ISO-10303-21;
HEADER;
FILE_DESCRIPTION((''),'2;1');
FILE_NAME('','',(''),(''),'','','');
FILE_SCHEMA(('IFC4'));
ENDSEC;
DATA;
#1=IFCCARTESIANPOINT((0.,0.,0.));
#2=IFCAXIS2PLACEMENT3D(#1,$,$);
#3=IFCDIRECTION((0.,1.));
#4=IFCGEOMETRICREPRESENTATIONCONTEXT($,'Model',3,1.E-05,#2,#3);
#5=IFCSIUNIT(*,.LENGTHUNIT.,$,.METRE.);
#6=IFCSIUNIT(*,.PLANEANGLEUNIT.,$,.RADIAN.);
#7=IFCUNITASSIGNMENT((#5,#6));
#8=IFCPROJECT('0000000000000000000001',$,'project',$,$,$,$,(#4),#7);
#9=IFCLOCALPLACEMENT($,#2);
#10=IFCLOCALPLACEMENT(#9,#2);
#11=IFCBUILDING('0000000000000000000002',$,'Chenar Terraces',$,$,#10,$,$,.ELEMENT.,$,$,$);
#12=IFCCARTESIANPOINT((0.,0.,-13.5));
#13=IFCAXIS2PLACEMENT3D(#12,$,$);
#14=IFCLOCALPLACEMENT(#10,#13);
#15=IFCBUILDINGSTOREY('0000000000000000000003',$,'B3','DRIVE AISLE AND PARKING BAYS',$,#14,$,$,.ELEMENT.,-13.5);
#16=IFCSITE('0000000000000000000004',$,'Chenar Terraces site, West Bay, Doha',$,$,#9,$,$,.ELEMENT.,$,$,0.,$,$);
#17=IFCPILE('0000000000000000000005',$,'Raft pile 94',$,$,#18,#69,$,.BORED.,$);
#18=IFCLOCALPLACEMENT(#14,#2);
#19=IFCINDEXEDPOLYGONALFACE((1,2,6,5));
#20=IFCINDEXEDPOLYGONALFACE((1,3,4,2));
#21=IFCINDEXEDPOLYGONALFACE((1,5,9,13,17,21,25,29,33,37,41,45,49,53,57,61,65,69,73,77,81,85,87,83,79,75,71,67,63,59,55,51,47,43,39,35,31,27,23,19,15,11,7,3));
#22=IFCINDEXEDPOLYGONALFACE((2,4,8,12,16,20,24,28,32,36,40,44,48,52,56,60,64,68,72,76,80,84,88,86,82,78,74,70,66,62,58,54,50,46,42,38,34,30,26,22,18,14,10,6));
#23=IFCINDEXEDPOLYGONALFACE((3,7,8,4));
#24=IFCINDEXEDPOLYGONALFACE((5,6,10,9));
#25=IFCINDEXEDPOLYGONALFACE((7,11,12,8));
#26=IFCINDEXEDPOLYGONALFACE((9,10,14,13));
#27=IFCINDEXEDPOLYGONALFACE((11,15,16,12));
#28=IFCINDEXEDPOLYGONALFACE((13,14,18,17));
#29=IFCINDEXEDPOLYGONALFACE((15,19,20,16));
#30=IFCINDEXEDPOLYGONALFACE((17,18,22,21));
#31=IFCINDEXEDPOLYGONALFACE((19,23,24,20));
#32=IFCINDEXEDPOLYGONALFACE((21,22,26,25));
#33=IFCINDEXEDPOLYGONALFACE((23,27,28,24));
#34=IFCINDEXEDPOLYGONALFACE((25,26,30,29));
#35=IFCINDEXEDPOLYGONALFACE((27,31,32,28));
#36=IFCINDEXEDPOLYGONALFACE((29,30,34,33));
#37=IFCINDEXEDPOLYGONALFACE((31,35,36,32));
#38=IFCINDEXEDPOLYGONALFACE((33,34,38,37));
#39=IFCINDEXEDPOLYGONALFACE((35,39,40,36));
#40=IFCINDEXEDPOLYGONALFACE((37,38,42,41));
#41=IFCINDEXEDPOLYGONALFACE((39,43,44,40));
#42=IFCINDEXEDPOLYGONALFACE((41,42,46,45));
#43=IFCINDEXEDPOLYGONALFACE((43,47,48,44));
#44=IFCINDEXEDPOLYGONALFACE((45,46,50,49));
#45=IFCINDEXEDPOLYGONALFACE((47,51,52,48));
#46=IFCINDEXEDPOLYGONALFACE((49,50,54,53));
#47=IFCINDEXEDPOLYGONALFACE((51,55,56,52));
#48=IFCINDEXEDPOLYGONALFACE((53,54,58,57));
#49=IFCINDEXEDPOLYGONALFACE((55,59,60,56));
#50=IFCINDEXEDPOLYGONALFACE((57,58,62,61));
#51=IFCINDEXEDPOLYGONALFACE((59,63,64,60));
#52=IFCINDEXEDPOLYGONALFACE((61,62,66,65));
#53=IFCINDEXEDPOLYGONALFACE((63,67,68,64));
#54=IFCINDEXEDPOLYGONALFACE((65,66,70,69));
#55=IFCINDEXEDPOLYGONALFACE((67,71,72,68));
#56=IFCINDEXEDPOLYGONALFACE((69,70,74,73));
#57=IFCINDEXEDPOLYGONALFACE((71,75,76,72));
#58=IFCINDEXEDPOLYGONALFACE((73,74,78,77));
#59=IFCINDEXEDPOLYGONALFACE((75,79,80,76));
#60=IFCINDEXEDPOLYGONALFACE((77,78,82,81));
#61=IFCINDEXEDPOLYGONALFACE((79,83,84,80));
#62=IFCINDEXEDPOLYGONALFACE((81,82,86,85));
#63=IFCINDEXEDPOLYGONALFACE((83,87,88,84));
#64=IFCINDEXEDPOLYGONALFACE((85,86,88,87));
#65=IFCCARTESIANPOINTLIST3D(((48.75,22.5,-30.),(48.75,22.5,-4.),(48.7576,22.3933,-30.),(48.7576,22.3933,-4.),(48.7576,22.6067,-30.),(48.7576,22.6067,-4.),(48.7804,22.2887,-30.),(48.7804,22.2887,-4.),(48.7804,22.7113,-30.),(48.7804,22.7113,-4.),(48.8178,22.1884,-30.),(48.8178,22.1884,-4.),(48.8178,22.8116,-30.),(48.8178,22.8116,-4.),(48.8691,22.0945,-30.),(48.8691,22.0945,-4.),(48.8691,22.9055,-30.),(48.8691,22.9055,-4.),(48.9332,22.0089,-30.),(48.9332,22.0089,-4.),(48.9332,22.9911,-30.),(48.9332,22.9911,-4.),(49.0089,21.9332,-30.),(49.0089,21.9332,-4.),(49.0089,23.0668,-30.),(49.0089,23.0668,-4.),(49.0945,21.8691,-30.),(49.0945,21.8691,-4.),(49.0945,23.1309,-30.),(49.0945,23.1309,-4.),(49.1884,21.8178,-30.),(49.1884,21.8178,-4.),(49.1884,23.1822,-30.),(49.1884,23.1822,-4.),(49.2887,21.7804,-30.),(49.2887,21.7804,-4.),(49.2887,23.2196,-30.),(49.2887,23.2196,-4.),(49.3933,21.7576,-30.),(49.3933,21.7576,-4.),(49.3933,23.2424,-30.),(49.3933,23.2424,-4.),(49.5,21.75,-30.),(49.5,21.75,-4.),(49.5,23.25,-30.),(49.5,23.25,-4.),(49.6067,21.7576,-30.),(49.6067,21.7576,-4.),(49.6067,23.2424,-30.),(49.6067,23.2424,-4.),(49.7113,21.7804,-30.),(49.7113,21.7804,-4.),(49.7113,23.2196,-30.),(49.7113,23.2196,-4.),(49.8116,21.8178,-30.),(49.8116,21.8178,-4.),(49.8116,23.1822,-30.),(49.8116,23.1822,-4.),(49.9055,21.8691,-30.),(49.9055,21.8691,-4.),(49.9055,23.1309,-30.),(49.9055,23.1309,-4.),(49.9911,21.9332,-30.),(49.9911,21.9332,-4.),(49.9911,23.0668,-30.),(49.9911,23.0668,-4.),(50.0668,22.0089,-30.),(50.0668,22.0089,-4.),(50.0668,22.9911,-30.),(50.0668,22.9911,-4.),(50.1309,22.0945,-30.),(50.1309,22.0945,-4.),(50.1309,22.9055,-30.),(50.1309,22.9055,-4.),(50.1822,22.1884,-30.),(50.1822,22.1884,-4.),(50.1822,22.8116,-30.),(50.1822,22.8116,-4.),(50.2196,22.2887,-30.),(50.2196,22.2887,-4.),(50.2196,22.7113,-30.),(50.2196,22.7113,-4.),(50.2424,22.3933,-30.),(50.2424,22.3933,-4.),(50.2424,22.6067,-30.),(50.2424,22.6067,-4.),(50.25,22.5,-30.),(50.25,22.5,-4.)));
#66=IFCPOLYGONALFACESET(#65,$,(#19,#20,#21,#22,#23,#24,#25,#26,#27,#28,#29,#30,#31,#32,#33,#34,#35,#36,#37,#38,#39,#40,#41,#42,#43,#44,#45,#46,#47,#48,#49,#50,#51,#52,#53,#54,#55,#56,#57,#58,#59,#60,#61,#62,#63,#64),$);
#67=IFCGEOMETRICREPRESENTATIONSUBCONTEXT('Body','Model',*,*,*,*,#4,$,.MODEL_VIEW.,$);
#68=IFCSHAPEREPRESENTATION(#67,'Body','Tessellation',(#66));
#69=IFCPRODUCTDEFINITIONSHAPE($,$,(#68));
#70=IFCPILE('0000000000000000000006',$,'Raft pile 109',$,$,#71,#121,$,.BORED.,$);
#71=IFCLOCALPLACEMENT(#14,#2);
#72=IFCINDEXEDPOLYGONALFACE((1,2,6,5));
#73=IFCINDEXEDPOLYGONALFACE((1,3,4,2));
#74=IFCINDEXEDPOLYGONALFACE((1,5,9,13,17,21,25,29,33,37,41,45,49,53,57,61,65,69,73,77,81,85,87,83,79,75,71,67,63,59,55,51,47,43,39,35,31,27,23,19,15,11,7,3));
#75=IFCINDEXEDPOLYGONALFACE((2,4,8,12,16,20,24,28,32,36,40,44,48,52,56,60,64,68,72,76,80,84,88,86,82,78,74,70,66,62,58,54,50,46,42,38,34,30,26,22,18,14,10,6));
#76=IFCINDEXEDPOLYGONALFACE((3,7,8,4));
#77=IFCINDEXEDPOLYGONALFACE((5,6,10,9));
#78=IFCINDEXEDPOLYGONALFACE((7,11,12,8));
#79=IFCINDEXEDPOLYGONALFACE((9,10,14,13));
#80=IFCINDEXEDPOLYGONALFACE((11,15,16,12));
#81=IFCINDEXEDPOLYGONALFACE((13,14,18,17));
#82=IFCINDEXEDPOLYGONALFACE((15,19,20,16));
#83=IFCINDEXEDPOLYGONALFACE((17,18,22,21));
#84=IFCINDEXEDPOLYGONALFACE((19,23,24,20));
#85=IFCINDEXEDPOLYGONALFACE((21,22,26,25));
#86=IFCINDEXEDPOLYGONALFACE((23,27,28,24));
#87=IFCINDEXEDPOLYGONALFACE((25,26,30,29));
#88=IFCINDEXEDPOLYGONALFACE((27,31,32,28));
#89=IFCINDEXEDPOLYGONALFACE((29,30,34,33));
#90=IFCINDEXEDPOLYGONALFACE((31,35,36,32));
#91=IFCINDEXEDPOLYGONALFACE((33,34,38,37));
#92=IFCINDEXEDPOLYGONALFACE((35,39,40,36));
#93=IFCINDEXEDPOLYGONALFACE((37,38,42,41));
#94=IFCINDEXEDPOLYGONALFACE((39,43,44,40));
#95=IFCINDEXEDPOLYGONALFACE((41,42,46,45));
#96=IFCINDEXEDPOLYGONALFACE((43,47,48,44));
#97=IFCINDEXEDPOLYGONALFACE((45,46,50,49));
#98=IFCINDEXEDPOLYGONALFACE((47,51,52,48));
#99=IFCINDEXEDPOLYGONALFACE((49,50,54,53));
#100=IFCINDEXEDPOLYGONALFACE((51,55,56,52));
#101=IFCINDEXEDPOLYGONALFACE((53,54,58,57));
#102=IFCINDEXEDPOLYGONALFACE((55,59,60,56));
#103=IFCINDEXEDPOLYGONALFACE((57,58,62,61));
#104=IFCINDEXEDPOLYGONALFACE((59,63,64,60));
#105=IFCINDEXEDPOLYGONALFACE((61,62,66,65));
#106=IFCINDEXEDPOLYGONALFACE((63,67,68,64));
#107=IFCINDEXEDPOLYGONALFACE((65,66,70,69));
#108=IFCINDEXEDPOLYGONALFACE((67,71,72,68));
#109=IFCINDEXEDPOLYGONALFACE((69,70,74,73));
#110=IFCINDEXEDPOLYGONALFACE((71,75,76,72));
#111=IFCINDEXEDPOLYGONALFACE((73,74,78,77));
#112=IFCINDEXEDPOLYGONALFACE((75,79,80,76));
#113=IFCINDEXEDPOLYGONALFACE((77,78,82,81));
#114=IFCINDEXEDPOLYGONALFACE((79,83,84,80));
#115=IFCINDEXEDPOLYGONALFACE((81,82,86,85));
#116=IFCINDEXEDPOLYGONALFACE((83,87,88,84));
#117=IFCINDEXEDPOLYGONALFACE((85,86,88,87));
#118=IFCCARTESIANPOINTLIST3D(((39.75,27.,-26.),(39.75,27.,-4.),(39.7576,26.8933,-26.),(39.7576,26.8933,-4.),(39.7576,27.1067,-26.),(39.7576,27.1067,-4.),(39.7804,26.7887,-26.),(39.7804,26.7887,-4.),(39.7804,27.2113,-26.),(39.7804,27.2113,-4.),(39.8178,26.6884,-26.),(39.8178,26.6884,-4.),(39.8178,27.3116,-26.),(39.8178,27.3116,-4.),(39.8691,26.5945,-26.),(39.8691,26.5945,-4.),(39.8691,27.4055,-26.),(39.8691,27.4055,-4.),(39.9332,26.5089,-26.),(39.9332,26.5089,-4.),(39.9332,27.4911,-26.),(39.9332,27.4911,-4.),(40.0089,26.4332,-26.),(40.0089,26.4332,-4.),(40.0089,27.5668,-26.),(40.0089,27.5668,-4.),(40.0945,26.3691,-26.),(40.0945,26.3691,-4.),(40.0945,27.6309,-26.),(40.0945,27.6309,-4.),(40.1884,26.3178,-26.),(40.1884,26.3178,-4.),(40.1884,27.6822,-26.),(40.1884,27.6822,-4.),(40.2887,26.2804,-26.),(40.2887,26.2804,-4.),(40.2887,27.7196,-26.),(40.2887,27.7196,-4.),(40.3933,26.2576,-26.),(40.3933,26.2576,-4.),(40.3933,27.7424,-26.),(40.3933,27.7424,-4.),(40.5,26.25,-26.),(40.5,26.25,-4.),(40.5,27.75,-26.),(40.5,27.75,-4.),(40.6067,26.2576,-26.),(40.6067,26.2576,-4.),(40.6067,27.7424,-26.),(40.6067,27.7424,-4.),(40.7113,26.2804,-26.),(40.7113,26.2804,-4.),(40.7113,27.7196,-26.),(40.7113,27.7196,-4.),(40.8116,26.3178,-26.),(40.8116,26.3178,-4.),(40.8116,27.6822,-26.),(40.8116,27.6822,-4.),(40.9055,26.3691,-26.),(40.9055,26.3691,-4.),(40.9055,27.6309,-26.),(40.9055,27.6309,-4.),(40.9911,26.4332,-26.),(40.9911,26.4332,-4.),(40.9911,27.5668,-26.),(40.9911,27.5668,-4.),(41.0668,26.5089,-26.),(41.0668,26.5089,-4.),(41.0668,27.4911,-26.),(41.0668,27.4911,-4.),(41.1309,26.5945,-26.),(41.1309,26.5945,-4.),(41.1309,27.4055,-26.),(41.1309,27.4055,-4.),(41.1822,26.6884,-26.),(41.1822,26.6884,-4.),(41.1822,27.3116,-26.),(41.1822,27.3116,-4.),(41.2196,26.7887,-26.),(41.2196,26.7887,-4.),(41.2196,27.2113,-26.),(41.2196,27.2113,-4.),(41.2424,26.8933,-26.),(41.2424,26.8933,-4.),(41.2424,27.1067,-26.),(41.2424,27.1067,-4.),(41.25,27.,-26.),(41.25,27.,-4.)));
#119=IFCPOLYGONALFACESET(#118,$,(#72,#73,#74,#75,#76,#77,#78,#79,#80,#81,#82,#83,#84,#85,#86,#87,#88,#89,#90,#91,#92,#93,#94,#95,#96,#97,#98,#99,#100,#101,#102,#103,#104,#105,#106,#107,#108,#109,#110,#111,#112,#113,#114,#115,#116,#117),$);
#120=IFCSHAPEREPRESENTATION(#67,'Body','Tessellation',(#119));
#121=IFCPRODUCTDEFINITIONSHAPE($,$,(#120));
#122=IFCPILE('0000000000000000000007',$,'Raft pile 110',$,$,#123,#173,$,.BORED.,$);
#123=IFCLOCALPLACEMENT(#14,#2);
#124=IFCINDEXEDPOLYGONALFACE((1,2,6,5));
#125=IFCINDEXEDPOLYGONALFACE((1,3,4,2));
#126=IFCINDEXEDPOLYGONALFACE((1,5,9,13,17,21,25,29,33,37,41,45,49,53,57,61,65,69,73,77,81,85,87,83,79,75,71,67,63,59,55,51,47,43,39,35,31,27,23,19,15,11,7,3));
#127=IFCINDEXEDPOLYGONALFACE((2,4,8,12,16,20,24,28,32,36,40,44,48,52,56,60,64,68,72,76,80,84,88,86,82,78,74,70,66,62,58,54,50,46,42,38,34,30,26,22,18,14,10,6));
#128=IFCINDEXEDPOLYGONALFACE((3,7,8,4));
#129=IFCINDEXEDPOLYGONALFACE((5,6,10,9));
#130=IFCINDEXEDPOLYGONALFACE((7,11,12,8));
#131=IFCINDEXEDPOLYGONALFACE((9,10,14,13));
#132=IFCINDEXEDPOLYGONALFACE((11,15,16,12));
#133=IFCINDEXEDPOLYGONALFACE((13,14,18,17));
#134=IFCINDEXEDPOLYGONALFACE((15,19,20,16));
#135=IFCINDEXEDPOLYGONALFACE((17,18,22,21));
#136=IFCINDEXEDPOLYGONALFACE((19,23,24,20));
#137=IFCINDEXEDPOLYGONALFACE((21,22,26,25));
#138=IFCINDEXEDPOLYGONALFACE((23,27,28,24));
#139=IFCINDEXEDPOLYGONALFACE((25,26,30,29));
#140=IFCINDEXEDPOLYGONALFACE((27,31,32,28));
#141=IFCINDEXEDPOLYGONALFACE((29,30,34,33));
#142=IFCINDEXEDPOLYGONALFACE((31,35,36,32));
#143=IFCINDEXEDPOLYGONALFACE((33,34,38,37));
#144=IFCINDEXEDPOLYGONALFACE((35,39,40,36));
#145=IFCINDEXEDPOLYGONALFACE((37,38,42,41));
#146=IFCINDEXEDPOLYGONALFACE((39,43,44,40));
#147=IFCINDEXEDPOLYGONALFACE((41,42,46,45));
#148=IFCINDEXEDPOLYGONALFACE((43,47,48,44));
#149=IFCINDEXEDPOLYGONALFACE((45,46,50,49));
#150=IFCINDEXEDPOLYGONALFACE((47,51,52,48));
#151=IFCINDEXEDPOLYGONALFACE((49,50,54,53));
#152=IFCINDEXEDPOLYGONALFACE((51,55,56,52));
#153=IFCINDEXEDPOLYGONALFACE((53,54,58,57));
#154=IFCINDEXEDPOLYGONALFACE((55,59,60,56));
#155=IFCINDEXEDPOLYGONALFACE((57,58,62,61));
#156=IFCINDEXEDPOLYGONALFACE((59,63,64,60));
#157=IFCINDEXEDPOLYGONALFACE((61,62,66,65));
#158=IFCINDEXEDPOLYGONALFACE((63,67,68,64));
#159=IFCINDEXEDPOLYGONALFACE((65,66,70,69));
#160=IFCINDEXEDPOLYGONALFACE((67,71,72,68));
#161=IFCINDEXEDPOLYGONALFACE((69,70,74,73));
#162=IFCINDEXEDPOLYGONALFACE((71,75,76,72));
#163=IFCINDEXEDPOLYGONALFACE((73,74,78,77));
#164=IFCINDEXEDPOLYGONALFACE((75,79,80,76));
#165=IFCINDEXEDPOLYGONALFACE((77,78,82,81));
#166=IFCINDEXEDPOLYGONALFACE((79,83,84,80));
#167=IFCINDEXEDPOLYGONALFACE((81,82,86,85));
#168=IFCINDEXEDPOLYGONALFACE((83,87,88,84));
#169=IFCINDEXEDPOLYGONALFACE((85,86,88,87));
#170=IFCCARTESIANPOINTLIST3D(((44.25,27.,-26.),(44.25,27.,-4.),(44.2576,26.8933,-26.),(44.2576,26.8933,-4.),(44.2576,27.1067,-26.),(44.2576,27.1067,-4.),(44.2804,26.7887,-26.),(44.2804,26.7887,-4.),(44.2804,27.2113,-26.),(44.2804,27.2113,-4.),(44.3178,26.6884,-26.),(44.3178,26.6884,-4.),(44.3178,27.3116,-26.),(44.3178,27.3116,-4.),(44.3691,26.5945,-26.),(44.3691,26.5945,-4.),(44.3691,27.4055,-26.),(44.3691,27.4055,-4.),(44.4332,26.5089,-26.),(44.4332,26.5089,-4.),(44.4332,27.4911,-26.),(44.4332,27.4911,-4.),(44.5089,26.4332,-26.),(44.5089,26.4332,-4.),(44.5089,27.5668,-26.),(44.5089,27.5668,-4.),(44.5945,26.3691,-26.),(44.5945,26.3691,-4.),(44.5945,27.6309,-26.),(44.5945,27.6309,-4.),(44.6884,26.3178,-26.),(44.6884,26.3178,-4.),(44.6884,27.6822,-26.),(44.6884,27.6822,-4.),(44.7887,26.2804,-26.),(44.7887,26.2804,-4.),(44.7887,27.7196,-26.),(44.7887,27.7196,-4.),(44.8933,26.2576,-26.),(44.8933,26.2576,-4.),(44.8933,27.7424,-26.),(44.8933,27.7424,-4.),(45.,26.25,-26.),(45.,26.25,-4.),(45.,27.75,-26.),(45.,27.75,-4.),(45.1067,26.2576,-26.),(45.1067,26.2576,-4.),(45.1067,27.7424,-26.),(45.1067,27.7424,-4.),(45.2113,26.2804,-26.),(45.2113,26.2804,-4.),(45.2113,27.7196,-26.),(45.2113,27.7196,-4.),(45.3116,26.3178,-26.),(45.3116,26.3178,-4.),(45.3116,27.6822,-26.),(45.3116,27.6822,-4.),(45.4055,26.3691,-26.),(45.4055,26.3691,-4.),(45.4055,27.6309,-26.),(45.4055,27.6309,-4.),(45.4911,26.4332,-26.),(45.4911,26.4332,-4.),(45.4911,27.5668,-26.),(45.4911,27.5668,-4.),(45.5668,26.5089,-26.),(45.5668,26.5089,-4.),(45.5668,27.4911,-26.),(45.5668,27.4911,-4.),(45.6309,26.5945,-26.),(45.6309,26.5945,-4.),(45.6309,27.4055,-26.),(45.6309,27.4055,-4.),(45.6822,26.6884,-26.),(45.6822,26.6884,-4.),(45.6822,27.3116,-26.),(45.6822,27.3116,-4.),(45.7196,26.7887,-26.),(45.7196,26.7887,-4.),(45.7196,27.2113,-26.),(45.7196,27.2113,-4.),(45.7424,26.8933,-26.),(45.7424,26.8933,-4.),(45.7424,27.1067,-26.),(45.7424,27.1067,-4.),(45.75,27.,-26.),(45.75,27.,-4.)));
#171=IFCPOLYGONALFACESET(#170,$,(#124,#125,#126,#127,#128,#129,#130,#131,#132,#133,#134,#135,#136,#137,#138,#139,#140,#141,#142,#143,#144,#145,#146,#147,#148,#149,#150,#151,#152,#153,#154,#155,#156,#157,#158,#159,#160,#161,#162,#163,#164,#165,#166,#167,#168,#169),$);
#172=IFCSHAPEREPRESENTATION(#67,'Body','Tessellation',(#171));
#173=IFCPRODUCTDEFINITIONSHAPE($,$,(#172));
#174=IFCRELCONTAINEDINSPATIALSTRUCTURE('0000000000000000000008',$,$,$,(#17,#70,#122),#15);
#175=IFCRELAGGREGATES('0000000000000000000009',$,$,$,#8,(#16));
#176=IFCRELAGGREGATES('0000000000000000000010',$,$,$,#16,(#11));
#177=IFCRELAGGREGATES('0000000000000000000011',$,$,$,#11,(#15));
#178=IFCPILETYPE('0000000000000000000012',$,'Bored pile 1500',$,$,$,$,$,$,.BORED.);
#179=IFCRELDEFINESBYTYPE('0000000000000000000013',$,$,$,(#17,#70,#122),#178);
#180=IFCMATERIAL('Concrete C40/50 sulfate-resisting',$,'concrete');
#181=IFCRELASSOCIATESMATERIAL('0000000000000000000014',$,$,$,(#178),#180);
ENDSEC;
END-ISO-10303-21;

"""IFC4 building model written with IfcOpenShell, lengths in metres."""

from ifc_helpers import new_model, si_unit, direction, frame, origin, origin_2d, place, context, subcontext, project, spatial, circle, extrude, material, material_profile, profile_set, type_object, element, save


model = new_model("IFC4")

# Units and contexts
model_context = context("Model", 3, precision=1e-05, world=origin(), true_north=direction((0.0, 1.0)))
body_context = subcontext(model_context, "Body", "Model", "MODEL_VIEW")
ifc_project = project(units=[si_unit("LENGTHUNIT", "METRE"), si_unit("PLANEANGLEUNIT", "RADIAN")], contexts=[model_context])

# Site, building, storey
site_placement = place(None, origin())
site = spatial("IfcSite", under=ifc_project, at=site_placement, Name="Chenar Terraces site, West Bay, Doha", CompositionType="ELEMENT", RefElevation=0.0)
building_placement = place(site_placement, origin())
building = spatial("IfcBuilding", under=site, at=building_placement, Name="Chenar Terraces", CompositionType="ELEMENT")
storey_placement = place(building_placement, frame((0.0, 0.0, -13.5)))
storey = spatial("IfcBuildingStorey", under=building, at=storey_placement, Name="B3", Description="DRIVE AISLE AND PARKING BAYS", CompositionType="ELEMENT", Elevation=-13.5)

# Piles
ifc_material_1 = material(Name="Concrete C40/50 sulfate-resisting", Category="concrete")
ifc_material_profile_1 = material_profile(ifc_material_1, circle(Radius=0.75, at=origin_2d()), Name="BP 1500")
ifc_profile_set_1 = profile_set([ifc_material_profile_1], Name="Concrete C40/50 sulfate-resisting")
pile_type_1 = type_object("IfcPileType", Name="Bored pile 1500", PredefinedType="BORED", material=ifc_profile_set_1)
for number, where, z_axis, x_axis, name in (
    (1, (49.5, 22.5, -4.0), (0.0, 0.0, -1.0), (1.0, 0.0, 0.0), "Raft pile 94"),
):
    element("IfcPile", number, at=place(storey_placement, frame(where, z_axis=z_axis, x_axis=x_axis)), inside=storey, type_object=pile_type_1, Name=name, PredefinedType="BORED", context=body_context, shape_type="SweptSolid", body=[
        extrude(circle(Radius=0.75, at=origin_2d()), origin(), (0.0, 0.0, 1.0), 26.0),
    ])
for number, where, z_axis, x_axis, name in (
    (2, (40.5, 27.0, -4.0), (0.0, 0.0, -1.0), (1.0, 0.0, 0.0), "Raft pile 109"),
    (3, (45.0, 27.0, -4.0), (0.0, 0.0, -1.0), (1.0, 0.0, 0.0), "Raft pile 110"),
):
    element("IfcPile", number, at=place(storey_placement, frame(where, z_axis=z_axis, x_axis=x_axis)), inside=storey, type_object=pile_type_1, Name=name, PredefinedType="BORED", context=body_context, shape_type="SweptSolid", body=[
        extrude(circle(Radius=0.75, at=origin_2d()), origin(), (0.0, 0.0, 1.0), 22.0),
    ])

save(model, "model.ifc")
